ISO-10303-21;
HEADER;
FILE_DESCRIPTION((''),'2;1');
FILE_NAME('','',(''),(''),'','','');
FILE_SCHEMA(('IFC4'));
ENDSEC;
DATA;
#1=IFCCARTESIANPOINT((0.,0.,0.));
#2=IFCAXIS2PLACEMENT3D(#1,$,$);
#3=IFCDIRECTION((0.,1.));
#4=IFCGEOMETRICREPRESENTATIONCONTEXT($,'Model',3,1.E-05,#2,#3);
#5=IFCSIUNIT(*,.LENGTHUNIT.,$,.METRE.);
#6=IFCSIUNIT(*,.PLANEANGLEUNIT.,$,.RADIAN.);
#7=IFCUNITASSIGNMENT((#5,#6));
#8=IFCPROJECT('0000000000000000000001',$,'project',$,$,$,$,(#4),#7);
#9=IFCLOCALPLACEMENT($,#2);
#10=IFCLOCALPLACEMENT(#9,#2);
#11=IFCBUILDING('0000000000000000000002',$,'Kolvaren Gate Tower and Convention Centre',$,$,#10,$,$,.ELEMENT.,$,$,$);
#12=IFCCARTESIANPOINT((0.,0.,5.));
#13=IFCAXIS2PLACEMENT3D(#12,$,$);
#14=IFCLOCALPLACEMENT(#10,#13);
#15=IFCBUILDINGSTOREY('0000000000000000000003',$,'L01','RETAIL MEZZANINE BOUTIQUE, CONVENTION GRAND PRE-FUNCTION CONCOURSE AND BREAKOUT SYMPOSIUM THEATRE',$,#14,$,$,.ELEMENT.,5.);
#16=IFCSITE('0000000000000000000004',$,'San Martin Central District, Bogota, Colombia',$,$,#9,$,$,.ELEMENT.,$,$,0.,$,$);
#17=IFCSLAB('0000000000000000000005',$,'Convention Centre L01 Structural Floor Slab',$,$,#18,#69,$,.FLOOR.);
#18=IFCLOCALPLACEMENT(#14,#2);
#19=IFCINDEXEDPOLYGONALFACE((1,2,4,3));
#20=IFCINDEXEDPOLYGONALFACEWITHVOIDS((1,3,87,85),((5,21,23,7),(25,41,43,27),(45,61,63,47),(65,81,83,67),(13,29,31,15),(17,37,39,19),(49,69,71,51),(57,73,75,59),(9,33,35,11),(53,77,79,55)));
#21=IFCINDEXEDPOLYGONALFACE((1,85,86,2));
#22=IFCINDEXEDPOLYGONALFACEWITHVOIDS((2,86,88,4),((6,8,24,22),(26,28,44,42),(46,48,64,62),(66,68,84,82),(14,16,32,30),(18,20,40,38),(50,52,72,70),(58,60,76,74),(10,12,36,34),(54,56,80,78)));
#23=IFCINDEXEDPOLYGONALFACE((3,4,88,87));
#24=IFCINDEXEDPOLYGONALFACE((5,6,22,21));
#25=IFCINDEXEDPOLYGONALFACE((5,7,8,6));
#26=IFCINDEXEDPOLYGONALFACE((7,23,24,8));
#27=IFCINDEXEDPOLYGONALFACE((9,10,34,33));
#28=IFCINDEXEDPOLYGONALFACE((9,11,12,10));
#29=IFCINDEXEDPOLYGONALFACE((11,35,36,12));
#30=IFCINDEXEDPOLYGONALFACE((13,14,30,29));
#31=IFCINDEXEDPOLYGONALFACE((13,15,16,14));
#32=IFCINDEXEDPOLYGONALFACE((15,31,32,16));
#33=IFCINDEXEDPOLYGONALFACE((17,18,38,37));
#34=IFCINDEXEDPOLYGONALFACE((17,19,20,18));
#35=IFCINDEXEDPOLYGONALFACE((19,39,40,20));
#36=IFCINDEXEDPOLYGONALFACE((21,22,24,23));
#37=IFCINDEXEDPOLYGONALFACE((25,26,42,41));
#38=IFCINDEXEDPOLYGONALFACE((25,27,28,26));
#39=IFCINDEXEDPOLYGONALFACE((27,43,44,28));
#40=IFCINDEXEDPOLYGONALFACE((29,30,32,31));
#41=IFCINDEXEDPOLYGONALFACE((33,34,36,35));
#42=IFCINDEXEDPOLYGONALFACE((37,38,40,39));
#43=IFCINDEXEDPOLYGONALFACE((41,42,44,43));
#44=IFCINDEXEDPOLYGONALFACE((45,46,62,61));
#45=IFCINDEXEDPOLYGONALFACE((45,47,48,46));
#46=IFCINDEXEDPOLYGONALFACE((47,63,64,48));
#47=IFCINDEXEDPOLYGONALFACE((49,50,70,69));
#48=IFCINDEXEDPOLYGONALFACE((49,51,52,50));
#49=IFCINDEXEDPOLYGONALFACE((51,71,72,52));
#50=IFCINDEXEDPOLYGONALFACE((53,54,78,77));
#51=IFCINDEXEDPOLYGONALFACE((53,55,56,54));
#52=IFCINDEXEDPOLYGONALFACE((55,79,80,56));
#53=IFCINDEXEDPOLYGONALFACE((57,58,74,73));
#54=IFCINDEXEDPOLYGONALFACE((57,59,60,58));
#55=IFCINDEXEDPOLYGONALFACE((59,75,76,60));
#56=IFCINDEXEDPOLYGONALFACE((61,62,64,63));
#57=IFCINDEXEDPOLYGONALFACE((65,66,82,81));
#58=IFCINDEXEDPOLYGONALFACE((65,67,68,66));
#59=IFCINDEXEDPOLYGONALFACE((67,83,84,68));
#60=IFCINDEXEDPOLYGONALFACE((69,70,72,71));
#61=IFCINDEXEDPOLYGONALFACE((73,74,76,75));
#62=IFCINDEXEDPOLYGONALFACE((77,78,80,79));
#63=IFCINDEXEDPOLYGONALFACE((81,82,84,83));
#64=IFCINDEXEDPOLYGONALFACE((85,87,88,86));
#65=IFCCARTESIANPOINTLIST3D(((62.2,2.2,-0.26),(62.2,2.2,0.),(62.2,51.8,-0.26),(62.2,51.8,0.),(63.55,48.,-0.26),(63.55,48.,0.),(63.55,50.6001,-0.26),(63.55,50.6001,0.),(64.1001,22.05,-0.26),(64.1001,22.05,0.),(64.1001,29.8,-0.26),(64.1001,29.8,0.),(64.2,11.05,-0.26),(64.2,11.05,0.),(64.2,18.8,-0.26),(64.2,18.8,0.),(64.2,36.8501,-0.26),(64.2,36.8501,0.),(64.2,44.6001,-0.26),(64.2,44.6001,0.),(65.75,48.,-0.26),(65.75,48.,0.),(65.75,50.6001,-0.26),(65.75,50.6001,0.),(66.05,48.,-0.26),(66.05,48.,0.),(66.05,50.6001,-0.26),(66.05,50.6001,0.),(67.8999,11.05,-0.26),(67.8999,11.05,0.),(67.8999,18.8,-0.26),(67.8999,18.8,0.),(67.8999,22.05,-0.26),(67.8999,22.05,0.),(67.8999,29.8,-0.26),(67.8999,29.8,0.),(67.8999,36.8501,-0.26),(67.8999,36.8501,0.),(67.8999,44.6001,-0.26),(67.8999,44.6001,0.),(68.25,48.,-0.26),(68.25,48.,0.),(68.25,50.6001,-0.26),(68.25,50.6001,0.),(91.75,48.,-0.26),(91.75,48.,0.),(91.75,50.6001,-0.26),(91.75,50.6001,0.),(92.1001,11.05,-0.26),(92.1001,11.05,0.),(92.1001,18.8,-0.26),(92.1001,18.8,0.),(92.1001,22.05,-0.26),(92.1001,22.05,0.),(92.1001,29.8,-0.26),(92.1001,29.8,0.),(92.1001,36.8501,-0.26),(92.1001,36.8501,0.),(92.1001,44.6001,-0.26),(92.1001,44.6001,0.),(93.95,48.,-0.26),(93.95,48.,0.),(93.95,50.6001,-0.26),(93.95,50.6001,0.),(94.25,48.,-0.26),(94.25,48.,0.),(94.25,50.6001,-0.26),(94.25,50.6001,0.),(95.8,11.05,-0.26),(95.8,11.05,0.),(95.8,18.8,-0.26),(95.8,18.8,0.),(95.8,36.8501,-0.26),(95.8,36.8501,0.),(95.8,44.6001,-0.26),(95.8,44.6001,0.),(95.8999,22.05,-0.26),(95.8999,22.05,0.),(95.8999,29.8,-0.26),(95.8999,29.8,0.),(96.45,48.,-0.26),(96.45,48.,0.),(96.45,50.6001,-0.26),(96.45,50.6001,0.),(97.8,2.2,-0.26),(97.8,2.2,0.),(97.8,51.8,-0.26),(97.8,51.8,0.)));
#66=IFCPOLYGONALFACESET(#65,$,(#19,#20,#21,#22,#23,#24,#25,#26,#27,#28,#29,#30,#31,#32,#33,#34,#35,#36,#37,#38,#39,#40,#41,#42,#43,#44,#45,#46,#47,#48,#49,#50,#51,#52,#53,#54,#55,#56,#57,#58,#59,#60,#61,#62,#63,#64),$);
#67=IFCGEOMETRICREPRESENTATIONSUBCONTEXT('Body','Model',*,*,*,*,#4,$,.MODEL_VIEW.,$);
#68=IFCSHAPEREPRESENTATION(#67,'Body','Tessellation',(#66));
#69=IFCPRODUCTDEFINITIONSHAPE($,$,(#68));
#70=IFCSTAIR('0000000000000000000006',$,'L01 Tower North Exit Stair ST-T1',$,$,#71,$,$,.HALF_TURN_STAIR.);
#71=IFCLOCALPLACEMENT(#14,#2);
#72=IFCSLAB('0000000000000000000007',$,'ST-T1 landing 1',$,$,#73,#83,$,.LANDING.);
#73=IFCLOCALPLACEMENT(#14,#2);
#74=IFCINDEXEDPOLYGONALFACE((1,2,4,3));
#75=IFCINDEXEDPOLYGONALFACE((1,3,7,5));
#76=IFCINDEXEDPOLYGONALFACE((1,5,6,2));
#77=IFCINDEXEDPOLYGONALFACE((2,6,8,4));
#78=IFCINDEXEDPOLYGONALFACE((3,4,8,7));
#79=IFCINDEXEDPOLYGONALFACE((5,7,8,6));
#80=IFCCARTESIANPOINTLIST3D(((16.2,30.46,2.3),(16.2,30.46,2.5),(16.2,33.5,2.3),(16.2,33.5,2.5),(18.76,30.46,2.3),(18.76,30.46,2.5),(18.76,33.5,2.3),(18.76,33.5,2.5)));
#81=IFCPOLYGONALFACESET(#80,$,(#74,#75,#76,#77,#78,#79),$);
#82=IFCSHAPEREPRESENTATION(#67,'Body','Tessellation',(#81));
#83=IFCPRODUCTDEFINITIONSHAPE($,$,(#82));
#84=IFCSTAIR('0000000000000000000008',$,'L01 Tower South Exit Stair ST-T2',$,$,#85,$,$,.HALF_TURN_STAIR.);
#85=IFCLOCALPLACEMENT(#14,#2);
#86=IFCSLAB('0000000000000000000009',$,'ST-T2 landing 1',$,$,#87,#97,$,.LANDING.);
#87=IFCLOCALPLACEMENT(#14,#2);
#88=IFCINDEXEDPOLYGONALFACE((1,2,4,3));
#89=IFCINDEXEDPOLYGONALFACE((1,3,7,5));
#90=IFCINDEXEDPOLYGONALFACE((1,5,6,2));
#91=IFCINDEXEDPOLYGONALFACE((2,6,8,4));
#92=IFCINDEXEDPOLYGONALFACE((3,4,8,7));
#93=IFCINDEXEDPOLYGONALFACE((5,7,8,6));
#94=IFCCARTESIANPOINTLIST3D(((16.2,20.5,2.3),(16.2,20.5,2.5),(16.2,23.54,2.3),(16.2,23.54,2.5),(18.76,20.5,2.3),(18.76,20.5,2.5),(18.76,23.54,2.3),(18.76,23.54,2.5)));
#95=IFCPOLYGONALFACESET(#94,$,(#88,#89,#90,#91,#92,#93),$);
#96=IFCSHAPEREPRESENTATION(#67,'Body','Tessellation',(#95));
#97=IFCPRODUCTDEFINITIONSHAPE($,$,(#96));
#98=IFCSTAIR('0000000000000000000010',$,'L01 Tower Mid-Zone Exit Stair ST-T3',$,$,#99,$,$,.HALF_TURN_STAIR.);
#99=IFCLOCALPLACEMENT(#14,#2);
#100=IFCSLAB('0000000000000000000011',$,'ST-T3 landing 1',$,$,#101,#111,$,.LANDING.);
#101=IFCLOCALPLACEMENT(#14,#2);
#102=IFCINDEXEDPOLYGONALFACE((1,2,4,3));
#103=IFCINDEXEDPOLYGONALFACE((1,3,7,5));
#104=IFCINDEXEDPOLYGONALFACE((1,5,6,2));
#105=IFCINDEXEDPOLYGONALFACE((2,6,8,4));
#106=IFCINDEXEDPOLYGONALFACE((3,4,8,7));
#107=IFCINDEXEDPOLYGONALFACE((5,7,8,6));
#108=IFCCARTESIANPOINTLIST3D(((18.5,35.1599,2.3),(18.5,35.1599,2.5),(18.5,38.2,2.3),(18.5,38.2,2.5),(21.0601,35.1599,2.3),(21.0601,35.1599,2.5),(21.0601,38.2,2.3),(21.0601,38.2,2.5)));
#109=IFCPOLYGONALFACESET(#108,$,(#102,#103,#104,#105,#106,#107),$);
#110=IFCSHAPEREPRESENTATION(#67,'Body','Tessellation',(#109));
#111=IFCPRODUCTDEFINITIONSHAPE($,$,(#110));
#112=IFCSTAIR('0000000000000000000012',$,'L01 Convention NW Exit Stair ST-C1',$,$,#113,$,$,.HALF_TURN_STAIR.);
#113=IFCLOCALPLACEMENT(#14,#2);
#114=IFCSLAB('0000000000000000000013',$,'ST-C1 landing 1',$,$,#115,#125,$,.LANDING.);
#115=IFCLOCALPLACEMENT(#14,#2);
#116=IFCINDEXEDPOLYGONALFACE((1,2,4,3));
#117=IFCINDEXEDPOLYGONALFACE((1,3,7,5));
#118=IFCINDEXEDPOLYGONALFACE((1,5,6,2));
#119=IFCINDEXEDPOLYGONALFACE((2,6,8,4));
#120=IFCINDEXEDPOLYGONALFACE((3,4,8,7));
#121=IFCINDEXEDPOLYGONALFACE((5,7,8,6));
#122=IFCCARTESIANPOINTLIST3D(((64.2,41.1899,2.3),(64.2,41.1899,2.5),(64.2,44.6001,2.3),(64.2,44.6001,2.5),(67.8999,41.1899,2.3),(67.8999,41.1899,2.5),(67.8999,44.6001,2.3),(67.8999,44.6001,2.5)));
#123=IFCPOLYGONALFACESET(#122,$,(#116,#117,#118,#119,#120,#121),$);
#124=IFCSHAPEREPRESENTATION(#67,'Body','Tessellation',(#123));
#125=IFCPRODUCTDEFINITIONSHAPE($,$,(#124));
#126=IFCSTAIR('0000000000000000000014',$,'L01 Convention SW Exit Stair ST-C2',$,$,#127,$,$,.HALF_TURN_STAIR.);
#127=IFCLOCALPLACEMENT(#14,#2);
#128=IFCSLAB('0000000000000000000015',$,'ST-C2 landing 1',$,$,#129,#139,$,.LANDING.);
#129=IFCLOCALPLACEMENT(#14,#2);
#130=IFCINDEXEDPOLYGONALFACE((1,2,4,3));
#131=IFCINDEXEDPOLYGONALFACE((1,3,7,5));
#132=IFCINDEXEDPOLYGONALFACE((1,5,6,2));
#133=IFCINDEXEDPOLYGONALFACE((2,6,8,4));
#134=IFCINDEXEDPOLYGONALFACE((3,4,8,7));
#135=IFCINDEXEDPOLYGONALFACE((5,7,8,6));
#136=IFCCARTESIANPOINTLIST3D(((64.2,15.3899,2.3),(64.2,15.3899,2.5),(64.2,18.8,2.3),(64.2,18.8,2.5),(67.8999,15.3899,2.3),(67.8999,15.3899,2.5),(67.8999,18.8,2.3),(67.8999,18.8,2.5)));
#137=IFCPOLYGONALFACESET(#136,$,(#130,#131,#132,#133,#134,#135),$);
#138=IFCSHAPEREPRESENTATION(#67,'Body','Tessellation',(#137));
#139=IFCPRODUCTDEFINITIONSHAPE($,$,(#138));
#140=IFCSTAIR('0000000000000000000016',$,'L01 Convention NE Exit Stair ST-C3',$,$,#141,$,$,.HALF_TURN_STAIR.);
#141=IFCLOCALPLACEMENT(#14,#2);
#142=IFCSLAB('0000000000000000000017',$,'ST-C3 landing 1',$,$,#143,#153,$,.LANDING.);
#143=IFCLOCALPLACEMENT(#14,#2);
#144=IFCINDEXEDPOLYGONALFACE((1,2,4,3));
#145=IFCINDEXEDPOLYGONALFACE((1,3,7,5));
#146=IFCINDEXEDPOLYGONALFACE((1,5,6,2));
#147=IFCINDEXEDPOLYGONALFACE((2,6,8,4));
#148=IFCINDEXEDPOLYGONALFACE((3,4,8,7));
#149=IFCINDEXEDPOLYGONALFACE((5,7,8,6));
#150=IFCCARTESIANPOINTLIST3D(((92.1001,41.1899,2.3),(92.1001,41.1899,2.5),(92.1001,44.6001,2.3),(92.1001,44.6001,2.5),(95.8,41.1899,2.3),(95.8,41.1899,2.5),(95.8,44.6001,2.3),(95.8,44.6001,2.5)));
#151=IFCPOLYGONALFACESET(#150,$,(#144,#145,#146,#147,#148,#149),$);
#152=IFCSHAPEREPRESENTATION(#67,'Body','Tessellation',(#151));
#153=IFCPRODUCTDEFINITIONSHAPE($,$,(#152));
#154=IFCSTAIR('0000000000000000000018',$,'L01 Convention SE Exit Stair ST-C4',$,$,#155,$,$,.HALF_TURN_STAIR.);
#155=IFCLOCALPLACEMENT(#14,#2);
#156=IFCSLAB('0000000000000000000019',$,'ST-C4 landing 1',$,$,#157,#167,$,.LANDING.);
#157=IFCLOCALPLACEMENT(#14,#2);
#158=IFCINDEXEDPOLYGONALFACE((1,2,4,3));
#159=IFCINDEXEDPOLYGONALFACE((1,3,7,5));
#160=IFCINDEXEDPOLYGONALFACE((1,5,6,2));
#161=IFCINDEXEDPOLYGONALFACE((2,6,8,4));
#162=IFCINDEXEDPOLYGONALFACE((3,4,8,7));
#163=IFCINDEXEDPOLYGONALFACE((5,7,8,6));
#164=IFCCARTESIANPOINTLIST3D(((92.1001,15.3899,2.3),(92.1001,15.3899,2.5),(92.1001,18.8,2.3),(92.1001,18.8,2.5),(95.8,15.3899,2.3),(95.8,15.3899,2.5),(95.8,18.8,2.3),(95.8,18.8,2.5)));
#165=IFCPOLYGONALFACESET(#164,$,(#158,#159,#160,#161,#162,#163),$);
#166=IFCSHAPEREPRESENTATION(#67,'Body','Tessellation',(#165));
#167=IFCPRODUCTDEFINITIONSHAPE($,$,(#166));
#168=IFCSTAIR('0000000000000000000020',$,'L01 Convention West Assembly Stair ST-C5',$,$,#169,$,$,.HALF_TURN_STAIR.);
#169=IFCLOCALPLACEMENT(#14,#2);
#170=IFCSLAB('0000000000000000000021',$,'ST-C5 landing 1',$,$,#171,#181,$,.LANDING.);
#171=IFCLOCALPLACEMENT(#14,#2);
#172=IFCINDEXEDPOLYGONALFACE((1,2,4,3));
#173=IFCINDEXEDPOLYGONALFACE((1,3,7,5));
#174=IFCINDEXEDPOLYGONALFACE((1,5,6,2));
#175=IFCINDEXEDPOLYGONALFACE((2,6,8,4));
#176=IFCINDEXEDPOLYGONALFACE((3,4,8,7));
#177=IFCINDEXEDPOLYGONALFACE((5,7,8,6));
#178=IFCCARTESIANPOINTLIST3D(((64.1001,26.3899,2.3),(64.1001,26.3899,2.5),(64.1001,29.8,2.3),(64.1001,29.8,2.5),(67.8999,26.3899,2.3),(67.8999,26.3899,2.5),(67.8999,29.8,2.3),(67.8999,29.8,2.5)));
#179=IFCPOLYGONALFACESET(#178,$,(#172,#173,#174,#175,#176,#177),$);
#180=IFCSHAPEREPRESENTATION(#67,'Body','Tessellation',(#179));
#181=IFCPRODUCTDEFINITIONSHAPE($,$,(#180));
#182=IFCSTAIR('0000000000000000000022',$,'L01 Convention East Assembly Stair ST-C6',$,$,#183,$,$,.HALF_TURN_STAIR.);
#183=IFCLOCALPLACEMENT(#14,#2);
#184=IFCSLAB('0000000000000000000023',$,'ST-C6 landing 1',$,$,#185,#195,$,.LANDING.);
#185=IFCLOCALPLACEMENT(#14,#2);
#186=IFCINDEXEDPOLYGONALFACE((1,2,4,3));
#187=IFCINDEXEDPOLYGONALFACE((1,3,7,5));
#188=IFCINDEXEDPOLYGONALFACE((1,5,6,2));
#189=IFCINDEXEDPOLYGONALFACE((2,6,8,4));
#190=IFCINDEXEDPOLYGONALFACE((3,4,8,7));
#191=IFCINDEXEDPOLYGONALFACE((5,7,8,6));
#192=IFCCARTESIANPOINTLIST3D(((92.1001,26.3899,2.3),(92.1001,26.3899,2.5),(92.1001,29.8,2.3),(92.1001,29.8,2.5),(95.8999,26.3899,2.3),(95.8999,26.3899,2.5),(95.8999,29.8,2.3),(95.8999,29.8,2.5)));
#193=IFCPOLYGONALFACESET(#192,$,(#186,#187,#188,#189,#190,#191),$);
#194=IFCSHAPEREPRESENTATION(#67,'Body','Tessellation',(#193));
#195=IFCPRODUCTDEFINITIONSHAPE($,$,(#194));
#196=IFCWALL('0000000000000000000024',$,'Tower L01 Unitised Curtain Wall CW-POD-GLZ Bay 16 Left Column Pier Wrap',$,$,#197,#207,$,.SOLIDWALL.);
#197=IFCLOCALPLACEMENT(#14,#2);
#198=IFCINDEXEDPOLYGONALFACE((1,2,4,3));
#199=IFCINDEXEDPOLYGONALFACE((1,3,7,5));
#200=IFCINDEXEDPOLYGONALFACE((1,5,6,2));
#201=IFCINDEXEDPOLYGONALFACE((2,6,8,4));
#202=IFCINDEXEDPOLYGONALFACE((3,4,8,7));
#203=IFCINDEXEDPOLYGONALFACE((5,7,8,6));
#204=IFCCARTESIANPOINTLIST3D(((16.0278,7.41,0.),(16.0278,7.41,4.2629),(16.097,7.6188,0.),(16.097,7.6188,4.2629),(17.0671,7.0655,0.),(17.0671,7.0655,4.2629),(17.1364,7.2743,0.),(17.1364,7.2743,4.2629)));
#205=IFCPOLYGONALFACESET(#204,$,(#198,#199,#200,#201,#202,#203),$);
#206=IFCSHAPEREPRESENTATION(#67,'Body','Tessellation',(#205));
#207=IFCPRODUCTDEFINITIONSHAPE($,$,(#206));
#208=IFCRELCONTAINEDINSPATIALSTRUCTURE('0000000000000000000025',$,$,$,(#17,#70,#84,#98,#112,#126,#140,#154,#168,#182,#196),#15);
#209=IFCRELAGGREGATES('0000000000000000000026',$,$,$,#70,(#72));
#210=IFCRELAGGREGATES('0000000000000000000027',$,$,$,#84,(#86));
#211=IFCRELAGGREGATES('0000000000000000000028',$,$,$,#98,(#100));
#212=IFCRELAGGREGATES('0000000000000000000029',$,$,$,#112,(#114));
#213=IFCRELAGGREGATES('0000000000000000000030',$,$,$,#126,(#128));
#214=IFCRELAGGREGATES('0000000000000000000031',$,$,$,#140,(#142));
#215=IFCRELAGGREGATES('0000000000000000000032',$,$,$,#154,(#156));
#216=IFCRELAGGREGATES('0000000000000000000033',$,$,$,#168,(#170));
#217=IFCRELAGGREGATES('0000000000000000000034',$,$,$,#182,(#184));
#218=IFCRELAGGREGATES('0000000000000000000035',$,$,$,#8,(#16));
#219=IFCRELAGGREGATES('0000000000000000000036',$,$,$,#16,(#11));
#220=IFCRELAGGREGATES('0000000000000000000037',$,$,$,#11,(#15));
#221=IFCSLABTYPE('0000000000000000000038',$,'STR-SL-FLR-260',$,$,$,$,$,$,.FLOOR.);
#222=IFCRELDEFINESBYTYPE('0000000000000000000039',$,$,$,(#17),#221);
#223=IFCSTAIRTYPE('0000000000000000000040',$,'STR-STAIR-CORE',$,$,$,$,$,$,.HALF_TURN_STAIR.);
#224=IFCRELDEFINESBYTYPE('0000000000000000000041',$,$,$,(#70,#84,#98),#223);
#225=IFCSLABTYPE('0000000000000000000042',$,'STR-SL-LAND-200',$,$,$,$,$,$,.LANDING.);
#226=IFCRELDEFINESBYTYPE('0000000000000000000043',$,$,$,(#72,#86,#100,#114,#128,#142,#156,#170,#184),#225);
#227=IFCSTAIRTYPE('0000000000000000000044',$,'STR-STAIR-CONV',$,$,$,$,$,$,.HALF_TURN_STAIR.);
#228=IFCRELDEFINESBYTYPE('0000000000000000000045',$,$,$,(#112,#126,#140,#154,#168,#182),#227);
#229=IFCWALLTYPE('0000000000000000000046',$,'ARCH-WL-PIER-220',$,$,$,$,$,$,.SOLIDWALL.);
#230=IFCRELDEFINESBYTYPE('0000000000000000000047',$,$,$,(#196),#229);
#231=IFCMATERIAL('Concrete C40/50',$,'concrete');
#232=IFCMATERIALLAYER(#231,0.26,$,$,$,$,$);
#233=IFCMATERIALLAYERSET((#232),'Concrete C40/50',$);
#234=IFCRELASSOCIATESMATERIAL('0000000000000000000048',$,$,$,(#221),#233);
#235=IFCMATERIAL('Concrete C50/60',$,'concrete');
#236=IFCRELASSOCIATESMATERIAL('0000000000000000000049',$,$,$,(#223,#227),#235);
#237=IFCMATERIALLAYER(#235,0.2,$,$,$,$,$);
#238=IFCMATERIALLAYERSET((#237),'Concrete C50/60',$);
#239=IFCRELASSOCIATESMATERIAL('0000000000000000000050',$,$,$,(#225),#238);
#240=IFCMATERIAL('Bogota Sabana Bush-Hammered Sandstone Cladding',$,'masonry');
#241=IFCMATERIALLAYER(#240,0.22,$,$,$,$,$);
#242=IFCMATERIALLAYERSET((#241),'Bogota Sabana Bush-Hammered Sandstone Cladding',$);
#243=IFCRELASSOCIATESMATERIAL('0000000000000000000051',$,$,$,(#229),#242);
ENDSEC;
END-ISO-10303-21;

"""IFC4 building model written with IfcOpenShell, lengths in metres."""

from ifc_helpers import new_model, si_unit, direction, frame, frame_2d, origin, place, context, subcontext, project, spatial, polyline, rectangle, outline, extrude, material, layer, layer_set, type_object, element, aggregate, save


model = new_model("IFC4")

# Units and contexts
model_context = context("Model", 3, precision=1e-05, world=origin(), true_north=direction((0.0, 1.0)))
body_context = subcontext(model_context, "Body", "Model", "MODEL_VIEW")
ifc_project = project(units=[si_unit("LENGTHUNIT", "METRE"), si_unit("PLANEANGLEUNIT", "RADIAN")], contexts=[model_context])

# Site, building, storey
site_placement = place(None, origin())
site = spatial("IfcSite", under=ifc_project, at=site_placement, Name="San Martin Central District, Bogota, Colombia", CompositionType="ELEMENT", RefElevation=0.0)
building_placement = place(site_placement, origin())
building = spatial("IfcBuilding", under=site, at=building_placement, Name="Kolvaren Gate Tower and Convention Centre", CompositionType="ELEMENT")
storey_placement = place(building_placement, frame((0.0, 0.0, 5.0)))
storey = spatial("IfcBuildingStorey", under=building, at=storey_placement, Name="L01", Description="RETAIL MEZZANINE BOUTIQUE, CONVENTION GRAND PRE-FUNCTION CONCOURSE AND BREAKOUT SYMPOSIUM THEATRE", CompositionType="ELEMENT", Elevation=5.0)

# Slab
ifc_material_1 = material(Name="Concrete C40/50", Category="concrete")
ifc_layer_1 = layer(ifc_material_1, 0.26)
ifc_layer_set_1 = layer_set([ifc_layer_1], Name="Concrete C40/50")
slab_type_1 = type_object("IfcSlabType", Name="STR-SL-FLR-260", PredefinedType="FLOOR", material=ifc_layer_set_1)
slab_1_placement = place(storey_placement, frame((0.0, 0.0, -0.26)))
element("IfcSlab", 1, at=slab_1_placement, inside=storey, type_object=slab_type_1, Name="Convention Centre L01 Structural Floor Slab", PredefinedType="FLOOR", context=body_context, shape_type="SweptSolid", body=[
    extrude(outline(polyline([(62.2, 2.2), (97.8, 2.2), (97.8, 51.8), (62.2, 51.8), (62.2, 2.2)]), holes=[polyline([(94.25, 48.0), (94.25, 50.6001), (96.45, 50.6001), (96.45, 48.0), (94.25, 48.0)]), polyline([(95.8999, 22.05), (92.1001, 22.05), (92.1001, 29.8), (95.8999, 29.8), (95.8999, 22.05)]), polyline([(95.8, 18.8), (95.8, 11.05), (92.1001, 11.05), (92.1001, 18.8), (95.8, 18.8)]), polyline([(95.8, 44.6001), (95.8, 36.8501), (92.1001, 36.8501), (92.1001, 44.6001), (95.8, 44.6001)]), polyline([(91.75, 48.0), (91.75, 50.6001), (93.95, 50.6001), (93.95, 48.0), (91.75, 48.0)]), polyline([(68.25, 48.0), (66.05, 48.0), (66.05, 50.6001), (68.25, 50.6001), (68.25, 48.0)]), polyline([(67.8999, 18.8), (67.8999, 11.05), (64.2, 11.05), (64.2, 18.8), (67.8999, 18.8)]), polyline([(67.8999, 29.8), (67.8999, 22.05), (64.1001, 22.05), (64.1001, 29.8), (67.8999, 29.8)]), polyline([(67.8999, 36.8501), (64.2, 36.8501), (64.2, 44.6001), (67.8999, 44.6001), (67.8999, 36.8501)]), polyline([(65.75, 48.0), (63.55, 48.0), (63.55, 50.6001), (65.75, 50.6001), (65.75, 48.0)])]), origin(), (0.0, 0.0, 1.0), 0.26),
])

# Stairs, slabs
ifc_material_2 = material(Name="Concrete C50/60", Category="concrete")
stair_type_1 = type_object("IfcStairType", Name="STR-STAIR-CORE", PredefinedType="HALF_TURN_STAIR", material=ifc_material_2)
stair_1_placement = place(storey_placement, origin())
stair_1 = element("IfcStair", 2, at=stair_1_placement, inside=storey, type_object=stair_type_1, Name="L01 Tower North Exit Stair ST-T1", PredefinedType="HALF_TURN_STAIR")
ifc_layer_2 = layer(ifc_material_2, 0.2)
ifc_layer_set_2 = layer_set([ifc_layer_2], Name="Concrete C50/60")
slab_type_2 = type_object("IfcSlabType", Name="STR-SL-LAND-200", PredefinedType="LANDING", material=ifc_layer_set_2)
slab_2_placement = place(storey_placement, frame((0.0, 0.0, 2.3)))
slab_2 = element("IfcSlab", 3, at=slab_2_placement, type_object=slab_type_2, Name="ST-T1 landing 1", PredefinedType="LANDING", context=body_context, shape_type="SweptSolid", body=[
    extrude(outline(polyline([(18.76, 33.5), (16.2, 33.5), (16.2, 30.46), (18.76, 30.46), (18.76, 33.5)])), origin(), (0.0, 0.0, 1.0), 0.2),
])
aggregate(stair_1, [slab_2])
stair_2_placement = place(storey_placement, origin())
stair_2 = element("IfcStair", 4, at=stair_2_placement, inside=storey, type_object=stair_type_1, Name="L01 Tower South Exit Stair ST-T2", PredefinedType="HALF_TURN_STAIR")
slab_3_placement = place(storey_placement, frame((0.0, 0.0, 2.3)))
slab_3 = element("IfcSlab", 5, at=slab_3_placement, type_object=slab_type_2, Name="ST-T2 landing 1", PredefinedType="LANDING", context=body_context, shape_type="SweptSolid", body=[
    extrude(outline(polyline([(18.76, 23.54), (16.2, 23.54), (16.2, 20.5), (18.76, 20.5), (18.76, 23.54)])), origin(), (0.0, 0.0, 1.0), 0.2),
])
aggregate(stair_2, [slab_3])
stair_3_placement = place(storey_placement, origin())
stair_3 = element("IfcStair", 6, at=stair_3_placement, inside=storey, type_object=stair_type_1, Name="L01 Tower Mid-Zone Exit Stair ST-T3", PredefinedType="HALF_TURN_STAIR")
slab_4_placement = place(storey_placement, frame((0.0, 0.0, 2.3)))
slab_4 = element("IfcSlab", 7, at=slab_4_placement, type_object=slab_type_2, Name="ST-T3 landing 1", PredefinedType="LANDING", context=body_context, shape_type="SweptSolid", body=[
    extrude(outline(polyline([(21.0601, 38.2), (18.5, 38.2), (18.5, 35.1599), (21.0601, 35.1599), (21.0601, 38.2)])), origin(), (0.0, 0.0, 1.0), 0.2),
])
aggregate(stair_3, [slab_4])
stair_type_2 = type_object("IfcStairType", Name="STR-STAIR-CONV", PredefinedType="HALF_TURN_STAIR", material=ifc_material_2)
stair_4_placement = place(storey_placement, origin())
stair_4 = element("IfcStair", 8, at=stair_4_placement, inside=storey, type_object=stair_type_2, Name="L01 Convention NW Exit Stair ST-C1", PredefinedType="HALF_TURN_STAIR")
slab_5_placement = place(storey_placement, frame((0.0, 0.0, 2.3)))
slab_5 = element("IfcSlab", 9, at=slab_5_placement, type_object=slab_type_2, Name="ST-C1 landing 1", PredefinedType="LANDING", context=body_context, shape_type="SweptSolid", body=[
    extrude(outline(polyline([(67.8999, 41.1899), (67.8999, 44.6001), (64.2, 44.6001), (64.2, 41.1899), (67.8999, 41.1899)])), origin(), (0.0, 0.0, 1.0), 0.2),
])
aggregate(stair_4, [slab_5])
stair_5_placement = place(storey_placement, origin())
stair_5 = element("IfcStair", 10, at=stair_5_placement, inside=storey, type_object=stair_type_2, Name="L01 Convention SW Exit Stair ST-C2", PredefinedType="HALF_TURN_STAIR")
slab_6_placement = place(storey_placement, frame((0.0, 0.0, 2.3)))
slab_6 = element("IfcSlab", 11, at=slab_6_placement, type_object=slab_type_2, Name="ST-C2 landing 1", PredefinedType="LANDING", context=body_context, shape_type="SweptSolid", body=[
    extrude(outline(polyline([(67.8999, 15.3899), (67.8999, 18.8), (64.2, 18.8), (64.2, 15.3899), (67.8999, 15.3899)])), origin(), (0.0, 0.0, 1.0), 0.2),
])
aggregate(stair_5, [slab_6])
stair_6_placement = place(storey_placement, origin())
stair_6 = element("IfcStair", 12, at=stair_6_placement, inside=storey, type_object=stair_type_2, Name="L01 Convention NE Exit Stair ST-C3", PredefinedType="HALF_TURN_STAIR")
slab_7_placement = place(storey_placement, frame((0.0, 0.0, 2.3)))
slab_7 = element("IfcSlab", 13, at=slab_7_placement, type_object=slab_type_2, Name="ST-C3 landing 1", PredefinedType="LANDING", context=body_context, shape_type="SweptSolid", body=[
    extrude(outline(polyline([(95.8, 41.1899), (95.8, 44.6001), (92.1001, 44.6001), (92.1001, 41.1899), (95.8, 41.1899)])), origin(), (0.0, 0.0, 1.0), 0.2),
])
aggregate(stair_6, [slab_7])
stair_7_placement = place(storey_placement, origin())
stair_7 = element("IfcStair", 14, at=stair_7_placement, inside=storey, type_object=stair_type_2, Name="L01 Convention SE Exit Stair ST-C4", PredefinedType="HALF_TURN_STAIR")
slab_8_placement = place(storey_placement, frame((0.0, 0.0, 2.3)))
slab_8 = element("IfcSlab", 15, at=slab_8_placement, type_object=slab_type_2, Name="ST-C4 landing 1", PredefinedType="LANDING", context=body_context, shape_type="SweptSolid", body=[
    extrude(outline(polyline([(95.8, 15.3899), (95.8, 18.8), (92.1001, 18.8), (92.1001, 15.3899), (95.8, 15.3899)])), origin(), (0.0, 0.0, 1.0), 0.2),
])
aggregate(stair_7, [slab_8])
stair_8_placement = place(storey_placement, origin())
stair_8 = element("IfcStair", 16, at=stair_8_placement, inside=storey, type_object=stair_type_2, Name="L01 Convention West Assembly Stair ST-C5", PredefinedType="HALF_TURN_STAIR")
slab_9_placement = place(storey_placement, frame((0.0, 0.0, 2.3)))
slab_9 = element("IfcSlab", 17, at=slab_9_placement, type_object=slab_type_2, Name="ST-C5 landing 1", PredefinedType="LANDING", context=body_context, shape_type="SweptSolid", body=[
    extrude(outline(polyline([(67.8999, 26.3899), (67.8999, 29.8), (64.1001, 29.8), (64.1001, 26.3899), (67.8999, 26.3899)])), origin(), (0.0, 0.0, 1.0), 0.2),
])
aggregate(stair_8, [slab_9])
stair_9_placement = place(storey_placement, origin())
stair_9 = element("IfcStair", 18, at=stair_9_placement, inside=storey, type_object=stair_type_2, Name="L01 Convention East Assembly Stair ST-C6", PredefinedType="HALF_TURN_STAIR")
slab_10_placement = place(storey_placement, frame((0.0, 0.0, 2.3)))
slab_10 = element("IfcSlab", 19, at=slab_10_placement, type_object=slab_type_2, Name="ST-C6 landing 1", PredefinedType="LANDING", context=body_context, shape_type="SweptSolid", body=[
    extrude(outline(polyline([(95.8999, 26.3899), (95.8999, 29.8), (92.1001, 29.8), (92.1001, 26.3899), (95.8999, 26.3899)])), origin(), (0.0, 0.0, 1.0), 0.2),
])
aggregate(stair_9, [slab_10])

# Wall
ifc_material_3 = material(Name="Bogota Sabana Bush-Hammered Sandstone Cladding", Category="masonry")
ifc_layer_3 = layer(ifc_material_3, 0.22)
ifc_layer_set_3 = layer_set([ifc_layer_3], Name="Bogota Sabana Bush-Hammered Sandstone Cladding")
wall_type = type_object("IfcWallType", Name="ARCH-WL-PIER-220", PredefinedType="SOLIDWALL", material=ifc_layer_set_3)
wall_placement = place(storey_placement, frame((16.0625, 7.5144, 0.0), z_axis=(0.0, 0.0, 1.0), x_axis=(0.949217, -0.314622, 0.0)))
element("IfcWall", 20, at=wall_placement, inside=storey, type_object=wall_type, Name="Tower L01 Unitised Curtain Wall CW-POD-GLZ Bay 16 Left Column Pier Wrap", PredefinedType="SOLIDWALL", context=body_context, shape_type="SweptSolid", body=[
    extrude(rectangle(XDim=1.095, YDim=0.22, at=frame_2d((0.5474, 0.0))), origin(), (0.0, 0.0, 1.0), 4.2629),
])

save(model, "model.ifc")
